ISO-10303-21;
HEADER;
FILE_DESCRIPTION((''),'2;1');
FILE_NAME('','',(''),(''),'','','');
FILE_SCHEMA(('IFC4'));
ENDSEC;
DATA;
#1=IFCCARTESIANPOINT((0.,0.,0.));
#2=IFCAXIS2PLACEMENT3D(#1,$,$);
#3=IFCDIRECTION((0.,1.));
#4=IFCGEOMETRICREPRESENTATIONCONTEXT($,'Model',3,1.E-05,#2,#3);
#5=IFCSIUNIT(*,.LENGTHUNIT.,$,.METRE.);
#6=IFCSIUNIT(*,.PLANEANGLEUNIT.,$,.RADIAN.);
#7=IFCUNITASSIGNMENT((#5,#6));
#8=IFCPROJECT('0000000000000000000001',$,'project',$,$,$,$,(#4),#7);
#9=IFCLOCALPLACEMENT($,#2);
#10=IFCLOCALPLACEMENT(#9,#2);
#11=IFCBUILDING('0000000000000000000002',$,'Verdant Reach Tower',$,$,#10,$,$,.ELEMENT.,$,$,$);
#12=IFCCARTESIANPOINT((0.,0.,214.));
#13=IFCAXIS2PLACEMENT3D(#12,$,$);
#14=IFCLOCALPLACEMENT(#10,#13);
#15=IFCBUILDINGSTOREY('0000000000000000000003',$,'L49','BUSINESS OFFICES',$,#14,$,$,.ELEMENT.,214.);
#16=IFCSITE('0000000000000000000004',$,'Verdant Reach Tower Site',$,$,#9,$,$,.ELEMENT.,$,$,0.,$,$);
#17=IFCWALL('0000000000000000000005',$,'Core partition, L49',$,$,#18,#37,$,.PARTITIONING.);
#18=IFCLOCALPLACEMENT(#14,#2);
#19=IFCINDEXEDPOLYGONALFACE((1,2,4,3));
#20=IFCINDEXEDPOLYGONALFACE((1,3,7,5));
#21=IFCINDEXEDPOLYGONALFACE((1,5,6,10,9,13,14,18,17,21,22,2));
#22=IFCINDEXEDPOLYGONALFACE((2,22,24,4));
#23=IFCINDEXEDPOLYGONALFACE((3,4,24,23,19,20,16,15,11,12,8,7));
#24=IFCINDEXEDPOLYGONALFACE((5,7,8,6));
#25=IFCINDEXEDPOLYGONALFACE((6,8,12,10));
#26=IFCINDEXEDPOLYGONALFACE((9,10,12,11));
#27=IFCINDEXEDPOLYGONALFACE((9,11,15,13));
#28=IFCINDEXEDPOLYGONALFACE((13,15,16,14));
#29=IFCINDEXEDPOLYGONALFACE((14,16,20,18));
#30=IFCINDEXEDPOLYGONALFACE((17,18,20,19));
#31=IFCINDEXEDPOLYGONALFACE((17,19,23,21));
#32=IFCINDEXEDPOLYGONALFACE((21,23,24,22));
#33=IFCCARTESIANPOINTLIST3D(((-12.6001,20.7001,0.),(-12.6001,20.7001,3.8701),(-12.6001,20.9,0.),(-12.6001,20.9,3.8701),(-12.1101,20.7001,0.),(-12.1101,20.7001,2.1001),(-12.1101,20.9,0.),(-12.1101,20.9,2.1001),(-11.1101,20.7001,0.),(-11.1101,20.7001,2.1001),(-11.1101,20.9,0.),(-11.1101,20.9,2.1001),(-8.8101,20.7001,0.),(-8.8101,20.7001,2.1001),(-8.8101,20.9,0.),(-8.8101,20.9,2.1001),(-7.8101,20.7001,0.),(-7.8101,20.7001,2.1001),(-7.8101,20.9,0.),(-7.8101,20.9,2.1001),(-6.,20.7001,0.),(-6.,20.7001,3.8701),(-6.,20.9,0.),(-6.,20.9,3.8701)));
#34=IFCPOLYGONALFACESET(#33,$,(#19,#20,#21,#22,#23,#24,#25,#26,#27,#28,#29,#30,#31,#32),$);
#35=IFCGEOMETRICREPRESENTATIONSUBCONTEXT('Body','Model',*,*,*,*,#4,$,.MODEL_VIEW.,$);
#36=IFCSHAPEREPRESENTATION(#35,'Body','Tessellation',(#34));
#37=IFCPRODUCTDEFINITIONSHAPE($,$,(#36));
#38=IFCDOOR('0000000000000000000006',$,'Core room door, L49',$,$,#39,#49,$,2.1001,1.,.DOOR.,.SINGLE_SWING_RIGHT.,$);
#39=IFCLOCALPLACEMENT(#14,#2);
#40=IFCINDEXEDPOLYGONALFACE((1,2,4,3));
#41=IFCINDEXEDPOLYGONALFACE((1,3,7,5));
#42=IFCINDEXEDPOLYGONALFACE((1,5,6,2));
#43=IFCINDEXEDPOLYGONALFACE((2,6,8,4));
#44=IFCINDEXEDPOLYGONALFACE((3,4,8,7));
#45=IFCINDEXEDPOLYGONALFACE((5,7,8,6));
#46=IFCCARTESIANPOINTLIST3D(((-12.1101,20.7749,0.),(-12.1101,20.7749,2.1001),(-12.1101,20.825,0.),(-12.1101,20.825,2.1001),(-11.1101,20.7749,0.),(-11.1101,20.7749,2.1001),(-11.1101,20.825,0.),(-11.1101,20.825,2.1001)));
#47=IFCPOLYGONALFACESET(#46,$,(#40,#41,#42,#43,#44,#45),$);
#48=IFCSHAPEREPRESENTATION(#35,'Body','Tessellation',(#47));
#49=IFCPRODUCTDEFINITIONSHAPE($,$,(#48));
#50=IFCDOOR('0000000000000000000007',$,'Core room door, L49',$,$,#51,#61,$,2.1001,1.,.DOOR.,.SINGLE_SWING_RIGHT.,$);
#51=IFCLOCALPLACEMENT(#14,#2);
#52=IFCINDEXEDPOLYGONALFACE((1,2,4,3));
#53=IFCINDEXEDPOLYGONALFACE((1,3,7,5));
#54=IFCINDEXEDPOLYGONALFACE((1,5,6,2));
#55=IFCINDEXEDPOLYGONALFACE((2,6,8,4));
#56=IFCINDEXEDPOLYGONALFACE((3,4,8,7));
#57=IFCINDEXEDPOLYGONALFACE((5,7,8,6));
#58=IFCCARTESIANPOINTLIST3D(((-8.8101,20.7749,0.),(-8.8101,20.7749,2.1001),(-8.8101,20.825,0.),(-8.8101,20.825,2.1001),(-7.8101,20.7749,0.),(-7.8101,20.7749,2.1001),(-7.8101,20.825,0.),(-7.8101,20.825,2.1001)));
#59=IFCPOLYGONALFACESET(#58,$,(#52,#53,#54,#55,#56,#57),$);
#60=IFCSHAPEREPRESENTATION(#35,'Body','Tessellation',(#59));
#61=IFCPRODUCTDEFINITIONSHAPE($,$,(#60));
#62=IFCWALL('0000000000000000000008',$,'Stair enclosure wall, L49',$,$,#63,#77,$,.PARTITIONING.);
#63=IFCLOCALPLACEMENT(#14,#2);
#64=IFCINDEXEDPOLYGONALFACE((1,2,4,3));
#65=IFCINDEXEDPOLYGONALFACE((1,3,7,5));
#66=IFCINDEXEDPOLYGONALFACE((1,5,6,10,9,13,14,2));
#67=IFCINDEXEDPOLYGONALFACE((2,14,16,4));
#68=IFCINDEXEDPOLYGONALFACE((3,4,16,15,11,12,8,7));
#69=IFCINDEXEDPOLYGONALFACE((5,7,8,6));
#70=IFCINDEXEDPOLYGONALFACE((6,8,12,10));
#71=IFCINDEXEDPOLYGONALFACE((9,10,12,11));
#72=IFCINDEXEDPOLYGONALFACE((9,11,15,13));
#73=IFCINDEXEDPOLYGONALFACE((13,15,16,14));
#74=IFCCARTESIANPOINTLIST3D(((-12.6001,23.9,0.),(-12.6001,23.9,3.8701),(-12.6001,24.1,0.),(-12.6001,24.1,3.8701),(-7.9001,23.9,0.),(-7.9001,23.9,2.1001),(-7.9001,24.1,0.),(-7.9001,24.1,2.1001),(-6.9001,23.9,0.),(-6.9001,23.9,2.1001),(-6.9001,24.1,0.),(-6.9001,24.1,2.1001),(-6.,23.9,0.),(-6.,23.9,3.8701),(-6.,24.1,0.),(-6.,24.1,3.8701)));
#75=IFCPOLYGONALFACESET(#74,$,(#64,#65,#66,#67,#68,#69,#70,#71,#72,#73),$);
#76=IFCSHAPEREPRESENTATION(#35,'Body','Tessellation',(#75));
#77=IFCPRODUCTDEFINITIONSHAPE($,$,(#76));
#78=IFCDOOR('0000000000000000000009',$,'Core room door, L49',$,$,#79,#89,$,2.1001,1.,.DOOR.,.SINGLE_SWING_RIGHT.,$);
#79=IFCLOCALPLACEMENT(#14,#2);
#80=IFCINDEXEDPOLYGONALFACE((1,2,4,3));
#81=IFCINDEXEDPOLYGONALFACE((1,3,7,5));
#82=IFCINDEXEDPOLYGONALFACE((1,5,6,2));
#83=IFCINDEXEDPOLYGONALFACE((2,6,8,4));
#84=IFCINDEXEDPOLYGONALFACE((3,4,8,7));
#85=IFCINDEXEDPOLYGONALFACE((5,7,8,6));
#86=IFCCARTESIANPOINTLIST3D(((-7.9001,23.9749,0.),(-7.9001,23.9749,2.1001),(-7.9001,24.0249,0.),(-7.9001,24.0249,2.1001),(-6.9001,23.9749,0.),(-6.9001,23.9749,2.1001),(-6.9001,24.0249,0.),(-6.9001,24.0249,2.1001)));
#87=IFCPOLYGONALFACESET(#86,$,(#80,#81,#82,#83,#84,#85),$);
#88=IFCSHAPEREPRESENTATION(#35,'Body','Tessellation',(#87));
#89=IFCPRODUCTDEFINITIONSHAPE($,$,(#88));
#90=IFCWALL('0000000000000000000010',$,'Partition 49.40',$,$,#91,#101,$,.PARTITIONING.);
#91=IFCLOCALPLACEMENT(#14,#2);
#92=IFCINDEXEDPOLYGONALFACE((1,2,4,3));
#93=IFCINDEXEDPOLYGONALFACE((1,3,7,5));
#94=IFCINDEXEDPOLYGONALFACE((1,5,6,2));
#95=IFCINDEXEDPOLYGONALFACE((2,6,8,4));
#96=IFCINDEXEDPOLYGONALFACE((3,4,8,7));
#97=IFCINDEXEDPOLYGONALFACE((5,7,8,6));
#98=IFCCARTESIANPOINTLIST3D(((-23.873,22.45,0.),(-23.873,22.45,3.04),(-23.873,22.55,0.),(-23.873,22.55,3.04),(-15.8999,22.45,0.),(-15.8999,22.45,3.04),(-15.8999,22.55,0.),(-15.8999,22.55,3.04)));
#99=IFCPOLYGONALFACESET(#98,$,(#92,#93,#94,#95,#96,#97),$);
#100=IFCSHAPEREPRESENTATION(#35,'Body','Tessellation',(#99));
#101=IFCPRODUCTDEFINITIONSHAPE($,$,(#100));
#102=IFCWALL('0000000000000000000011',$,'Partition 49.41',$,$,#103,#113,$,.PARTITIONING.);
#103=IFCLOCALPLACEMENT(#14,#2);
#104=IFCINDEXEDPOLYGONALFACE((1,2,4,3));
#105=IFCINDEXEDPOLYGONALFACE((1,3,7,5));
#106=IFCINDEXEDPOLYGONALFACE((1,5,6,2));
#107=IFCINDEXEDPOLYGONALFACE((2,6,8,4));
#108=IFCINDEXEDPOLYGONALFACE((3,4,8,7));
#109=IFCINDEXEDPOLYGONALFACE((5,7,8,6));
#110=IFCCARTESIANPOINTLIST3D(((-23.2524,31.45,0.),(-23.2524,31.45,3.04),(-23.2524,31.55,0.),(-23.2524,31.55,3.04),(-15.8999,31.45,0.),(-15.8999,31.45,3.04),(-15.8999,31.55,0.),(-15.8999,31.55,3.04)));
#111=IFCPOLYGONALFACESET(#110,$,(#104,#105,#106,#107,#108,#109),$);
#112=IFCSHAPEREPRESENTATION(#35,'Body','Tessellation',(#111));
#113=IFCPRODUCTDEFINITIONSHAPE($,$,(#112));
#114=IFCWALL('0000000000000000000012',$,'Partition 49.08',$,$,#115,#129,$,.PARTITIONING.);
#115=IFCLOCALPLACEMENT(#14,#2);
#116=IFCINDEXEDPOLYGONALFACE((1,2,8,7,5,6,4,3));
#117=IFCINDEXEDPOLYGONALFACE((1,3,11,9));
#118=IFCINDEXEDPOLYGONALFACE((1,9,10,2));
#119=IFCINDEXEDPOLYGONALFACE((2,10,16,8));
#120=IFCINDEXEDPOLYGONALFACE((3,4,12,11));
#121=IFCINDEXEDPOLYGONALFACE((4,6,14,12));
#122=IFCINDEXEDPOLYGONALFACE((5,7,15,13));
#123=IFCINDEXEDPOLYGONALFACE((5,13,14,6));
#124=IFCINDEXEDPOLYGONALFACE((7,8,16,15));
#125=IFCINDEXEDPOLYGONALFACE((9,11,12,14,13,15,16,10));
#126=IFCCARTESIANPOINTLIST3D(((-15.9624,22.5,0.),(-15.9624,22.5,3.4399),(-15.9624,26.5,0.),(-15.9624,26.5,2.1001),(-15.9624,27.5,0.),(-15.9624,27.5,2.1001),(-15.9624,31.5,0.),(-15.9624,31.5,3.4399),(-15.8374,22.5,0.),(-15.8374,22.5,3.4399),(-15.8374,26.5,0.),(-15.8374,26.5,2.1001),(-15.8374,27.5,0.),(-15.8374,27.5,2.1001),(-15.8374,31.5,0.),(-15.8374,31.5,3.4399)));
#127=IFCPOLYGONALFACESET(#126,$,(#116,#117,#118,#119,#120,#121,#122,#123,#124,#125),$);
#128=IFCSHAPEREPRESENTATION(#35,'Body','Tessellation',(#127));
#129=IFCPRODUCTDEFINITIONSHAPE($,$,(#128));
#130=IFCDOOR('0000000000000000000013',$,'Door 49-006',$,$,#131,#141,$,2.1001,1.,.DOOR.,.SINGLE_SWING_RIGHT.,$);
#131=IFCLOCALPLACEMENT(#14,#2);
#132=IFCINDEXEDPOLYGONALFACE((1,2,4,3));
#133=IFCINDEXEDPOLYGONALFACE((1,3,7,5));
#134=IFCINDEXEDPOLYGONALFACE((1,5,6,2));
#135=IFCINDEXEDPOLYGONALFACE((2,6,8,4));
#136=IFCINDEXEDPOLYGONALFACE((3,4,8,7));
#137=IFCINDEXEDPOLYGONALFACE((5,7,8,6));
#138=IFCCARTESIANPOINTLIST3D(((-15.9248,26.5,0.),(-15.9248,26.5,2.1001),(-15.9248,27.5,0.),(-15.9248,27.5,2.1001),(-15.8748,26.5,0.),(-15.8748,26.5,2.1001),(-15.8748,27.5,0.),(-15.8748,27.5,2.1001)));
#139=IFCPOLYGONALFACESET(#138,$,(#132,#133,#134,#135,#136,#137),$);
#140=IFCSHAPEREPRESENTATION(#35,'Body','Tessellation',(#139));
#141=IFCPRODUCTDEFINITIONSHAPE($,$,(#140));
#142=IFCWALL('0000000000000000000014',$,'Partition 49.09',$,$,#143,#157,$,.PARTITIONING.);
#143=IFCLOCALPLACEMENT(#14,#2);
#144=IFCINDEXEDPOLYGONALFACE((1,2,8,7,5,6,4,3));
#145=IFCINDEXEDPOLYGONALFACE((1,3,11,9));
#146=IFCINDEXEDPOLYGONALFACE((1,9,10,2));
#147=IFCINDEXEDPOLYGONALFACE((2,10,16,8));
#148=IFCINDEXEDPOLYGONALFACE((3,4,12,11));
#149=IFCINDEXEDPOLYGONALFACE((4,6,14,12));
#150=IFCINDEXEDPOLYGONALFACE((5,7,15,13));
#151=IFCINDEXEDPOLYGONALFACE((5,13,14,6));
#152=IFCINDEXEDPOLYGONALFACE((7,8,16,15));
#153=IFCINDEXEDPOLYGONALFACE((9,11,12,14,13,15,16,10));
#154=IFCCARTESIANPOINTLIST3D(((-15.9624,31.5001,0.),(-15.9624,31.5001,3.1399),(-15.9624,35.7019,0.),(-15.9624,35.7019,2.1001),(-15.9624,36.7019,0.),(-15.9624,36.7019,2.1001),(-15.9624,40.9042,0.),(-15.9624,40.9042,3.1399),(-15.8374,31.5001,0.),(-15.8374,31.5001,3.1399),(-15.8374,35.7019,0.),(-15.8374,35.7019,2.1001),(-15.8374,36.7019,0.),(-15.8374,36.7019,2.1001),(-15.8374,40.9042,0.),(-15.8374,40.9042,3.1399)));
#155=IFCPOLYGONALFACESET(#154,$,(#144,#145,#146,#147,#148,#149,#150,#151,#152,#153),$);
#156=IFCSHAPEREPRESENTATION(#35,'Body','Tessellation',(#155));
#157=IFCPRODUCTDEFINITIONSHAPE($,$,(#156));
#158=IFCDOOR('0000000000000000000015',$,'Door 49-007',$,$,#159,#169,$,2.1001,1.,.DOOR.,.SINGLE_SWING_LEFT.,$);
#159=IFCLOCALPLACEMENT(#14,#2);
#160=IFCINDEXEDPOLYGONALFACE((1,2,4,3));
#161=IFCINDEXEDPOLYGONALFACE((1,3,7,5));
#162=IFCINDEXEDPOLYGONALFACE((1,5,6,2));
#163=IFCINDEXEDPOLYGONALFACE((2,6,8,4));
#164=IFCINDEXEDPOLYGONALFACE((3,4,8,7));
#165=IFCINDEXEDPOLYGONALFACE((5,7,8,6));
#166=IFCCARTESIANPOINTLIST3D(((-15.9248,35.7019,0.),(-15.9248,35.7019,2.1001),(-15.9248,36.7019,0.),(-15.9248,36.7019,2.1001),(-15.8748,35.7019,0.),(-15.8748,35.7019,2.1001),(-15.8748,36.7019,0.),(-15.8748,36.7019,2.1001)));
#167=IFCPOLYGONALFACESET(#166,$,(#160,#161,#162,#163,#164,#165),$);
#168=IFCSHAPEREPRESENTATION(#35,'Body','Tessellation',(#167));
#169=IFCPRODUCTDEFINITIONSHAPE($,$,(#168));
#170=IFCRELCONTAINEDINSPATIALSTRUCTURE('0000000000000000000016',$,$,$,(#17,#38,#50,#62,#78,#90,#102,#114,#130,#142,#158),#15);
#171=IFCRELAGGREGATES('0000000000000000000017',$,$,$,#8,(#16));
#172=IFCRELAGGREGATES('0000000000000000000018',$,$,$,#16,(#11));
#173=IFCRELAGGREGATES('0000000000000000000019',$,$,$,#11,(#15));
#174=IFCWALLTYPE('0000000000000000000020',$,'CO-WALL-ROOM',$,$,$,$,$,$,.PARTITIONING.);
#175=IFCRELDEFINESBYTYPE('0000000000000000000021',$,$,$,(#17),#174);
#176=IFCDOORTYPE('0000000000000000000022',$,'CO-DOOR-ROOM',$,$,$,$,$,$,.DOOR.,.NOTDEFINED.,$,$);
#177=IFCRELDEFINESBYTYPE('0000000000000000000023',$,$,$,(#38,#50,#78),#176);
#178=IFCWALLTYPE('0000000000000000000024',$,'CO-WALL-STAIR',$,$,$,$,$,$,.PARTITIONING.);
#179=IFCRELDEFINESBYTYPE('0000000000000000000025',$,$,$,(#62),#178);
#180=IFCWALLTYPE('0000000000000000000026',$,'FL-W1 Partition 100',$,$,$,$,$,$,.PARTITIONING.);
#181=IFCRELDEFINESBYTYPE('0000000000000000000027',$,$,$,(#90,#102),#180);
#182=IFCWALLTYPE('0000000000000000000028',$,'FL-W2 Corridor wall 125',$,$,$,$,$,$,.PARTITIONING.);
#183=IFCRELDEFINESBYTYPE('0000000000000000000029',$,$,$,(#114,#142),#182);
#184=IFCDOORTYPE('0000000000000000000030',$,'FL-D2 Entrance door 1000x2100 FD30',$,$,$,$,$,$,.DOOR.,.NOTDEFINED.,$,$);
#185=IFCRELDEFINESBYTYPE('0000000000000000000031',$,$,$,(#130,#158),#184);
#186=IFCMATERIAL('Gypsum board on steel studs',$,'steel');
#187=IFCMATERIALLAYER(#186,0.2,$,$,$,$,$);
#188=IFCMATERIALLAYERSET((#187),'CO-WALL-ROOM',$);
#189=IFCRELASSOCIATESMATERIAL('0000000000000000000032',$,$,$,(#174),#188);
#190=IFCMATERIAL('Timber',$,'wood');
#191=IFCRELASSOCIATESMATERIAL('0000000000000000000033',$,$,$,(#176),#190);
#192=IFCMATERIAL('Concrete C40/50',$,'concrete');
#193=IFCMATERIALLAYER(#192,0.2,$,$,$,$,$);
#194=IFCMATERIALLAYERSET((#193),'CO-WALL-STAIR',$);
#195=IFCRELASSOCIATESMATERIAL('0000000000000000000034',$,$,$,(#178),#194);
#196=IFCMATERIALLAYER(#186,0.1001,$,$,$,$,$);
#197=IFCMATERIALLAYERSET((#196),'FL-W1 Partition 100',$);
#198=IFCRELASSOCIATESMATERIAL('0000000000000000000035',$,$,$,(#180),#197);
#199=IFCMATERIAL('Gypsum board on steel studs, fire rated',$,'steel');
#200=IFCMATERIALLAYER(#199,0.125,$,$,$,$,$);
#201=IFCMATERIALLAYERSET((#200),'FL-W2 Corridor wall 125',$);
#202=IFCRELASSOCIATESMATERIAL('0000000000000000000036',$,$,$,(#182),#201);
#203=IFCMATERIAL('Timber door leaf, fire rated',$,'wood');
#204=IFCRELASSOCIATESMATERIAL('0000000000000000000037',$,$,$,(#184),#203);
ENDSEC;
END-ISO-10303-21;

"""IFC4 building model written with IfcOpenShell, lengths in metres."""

from ifc_helpers import new_model, si_unit, direction, frame, frame_2d, origin, place, context, subcontext, project, spatial, rectangle, extrude, material, layer, layer_set, type_object, element, fill, save


model = new_model("IFC4")

# Units and contexts
model_context = context("Model", 3, precision=1e-05, world=origin(), true_north=direction((0.0, 1.0)))
body_context = subcontext(model_context, "Body", "Model", "MODEL_VIEW")
ifc_project = project(units=[si_unit("LENGTHUNIT", "METRE"), si_unit("PLANEANGLEUNIT", "RADIAN")], contexts=[model_context])

# Site, building, storey
site_placement = place(None, origin())
site = spatial("IfcSite", under=ifc_project, at=site_placement, Name="Verdant Reach Tower Site", CompositionType="ELEMENT", RefElevation=0.0)
building_placement = place(site_placement, origin())
building = spatial("IfcBuilding", under=site, at=building_placement, Name="Verdant Reach Tower", CompositionType="ELEMENT")
storey_placement = place(building_placement, frame((0.0, 0.0, 214.0)))
storey = spatial("IfcBuildingStorey", under=building, at=storey_placement, Name="L49", Description="BUSINESS OFFICES", CompositionType="ELEMENT", Elevation=214.0)

# Wall, openings, doors
ifc_material_1 = material(Name="Gypsum board on steel studs", Category="steel")
ifc_layer_1 = layer(ifc_material_1, 0.2)
ifc_layer_set_1 = layer_set([ifc_layer_1], Name="CO-WALL-ROOM")
wall_type_1 = type_object("IfcWallType", Name="CO-WALL-ROOM", PredefinedType="PARTITIONING", material=ifc_layer_set_1)
wall_1_placement = place(storey_placement, frame((-12.6001, 20.8, 0.0), z_axis=(0.0, 0.0, 1.0), x_axis=(1.0, 0.0, 0.0)))
wall_1 = element("IfcWall", 1, at=wall_1_placement, inside=storey, type_object=wall_type_1, Name="Core partition, L49", PredefinedType="PARTITIONING", context=body_context, shape_type="SweptSolid", body=[
    extrude(rectangle(XDim=6.6001, YDim=0.2, at=frame_2d((3.3, 0.0))), origin(), (0.0, 0.0, 1.0), 3.8701),
])
opening_1_placement = place(wall_1_placement, frame((0.49, 0.0, 0.0)))
opening_1 = element("IfcOpeningElement", 2, at=opening_1_placement, cuts=wall_1, PredefinedType="OPENING", context=body_context, shape_type="SweptSolid", body=[
    extrude(rectangle(XDim=1.0, YDim=2.1001, at=frame_2d((0.5, 1.05))), frame((0.0, 0.1099, 0.0), z_axis=(0.0, -1.0, 0.0), x_axis=(1.0, 0.0, 0.0)), (0.0, 0.0, 1.0), 0.22),
])
opening_2_placement = place(wall_1_placement, frame((3.79, 0.0, 0.0)))
opening_2 = element("IfcOpeningElement", 3, at=opening_2_placement, cuts=wall_1, PredefinedType="OPENING", context=body_context, shape_type="SweptSolid", body=[
    extrude(rectangle(XDim=1.0, YDim=2.1001, at=frame_2d((0.5, 1.05))), frame((0.0, 0.1099, 0.0), z_axis=(0.0, -1.0, 0.0), x_axis=(1.0, 0.0, 0.0)), (0.0, 0.0, 1.0), 0.22),
])
ifc_material_2 = material(Name="Timber", Category="wood")
door_type_1 = type_object("IfcDoorType", Name="CO-DOOR-ROOM", OperationType="NOTDEFINED", PredefinedType="DOOR", material=ifc_material_2)
door_1_placement = place(opening_1_placement, origin())
door_1 = element("IfcDoor", 4, at=door_1_placement, inside=storey, type_object=door_type_1, Name="Core room door, L49", OperationType="SINGLE_SWING_RIGHT", OverallHeight=2.1001, OverallWidth=1.0, PredefinedType="DOOR", context=body_context, shape_type="SweptSolid", body=[
    extrude(rectangle(XDim=1.0, YDim=2.1001, at=frame_2d((0.5, 1.05))), frame((0.0, 0.0249, 0.0), z_axis=(0.0, -1.0, 0.0), x_axis=(1.0, 0.0, 0.0)), (0.0, 0.0, 1.0), 0.05),
])
fill(opening_1, door_1)
door_2_placement = place(opening_2_placement, origin())
door_2 = element("IfcDoor", 5, at=door_2_placement, inside=storey, type_object=door_type_1, Name="Core room door, L49", OperationType="SINGLE_SWING_RIGHT", OverallHeight=2.1001, OverallWidth=1.0, PredefinedType="DOOR", context=body_context, shape_type="SweptSolid", body=[
    extrude(rectangle(XDim=1.0, YDim=2.1001, at=frame_2d((0.5, 1.05))), frame((0.0, 0.0249, 0.0), z_axis=(0.0, -1.0, 0.0), x_axis=(1.0, 0.0, 0.0)), (0.0, 0.0, 1.0), 0.05),
])
fill(opening_2, door_2)

# Wall, opening, door
ifc_material_3 = material(Name="Concrete C40/50", Category="concrete")
ifc_layer_2 = layer(ifc_material_3, 0.2)
ifc_layer_set_2 = layer_set([ifc_layer_2], Name="CO-WALL-STAIR")
wall_type_2 = type_object("IfcWallType", Name="CO-WALL-STAIR", PredefinedType="PARTITIONING", material=ifc_layer_set_2)
wall_2_placement = place(storey_placement, frame((-12.6001, 24.0, 0.0), z_axis=(0.0, 0.0, 1.0), x_axis=(1.0, 0.0, 0.0)))
wall_2 = element("IfcWall", 6, at=wall_2_placement, inside=storey, type_object=wall_type_2, Name="Stair enclosure wall, L49", PredefinedType="PARTITIONING", context=body_context, shape_type="SweptSolid", body=[
    extrude(rectangle(XDim=6.6001, YDim=0.2, at=frame_2d((3.3, 0.0))), origin(), (0.0, 0.0, 1.0), 3.8701),
])
opening_3_placement = place(wall_2_placement, frame((4.7, 0.0, 0.0)))
opening_3 = element("IfcOpeningElement", 7, at=opening_3_placement, cuts=wall_2, PredefinedType="OPENING", context=body_context, shape_type="SweptSolid", body=[
    extrude(rectangle(XDim=1.0, YDim=2.1001, at=frame_2d((0.5, 1.05))), frame((0.0, 0.1099, 0.0), z_axis=(0.0, -1.0, 0.0), x_axis=(1.0, 0.0, 0.0)), (0.0, 0.0, 1.0), 0.22),
])
door_3_placement = place(opening_3_placement, origin())
door_3 = element("IfcDoor", 8, at=door_3_placement, inside=storey, type_object=door_type_1, Name="Core room door, L49", OperationType="SINGLE_SWING_RIGHT", OverallHeight=2.1001, OverallWidth=1.0, PredefinedType="DOOR", context=body_context, shape_type="SweptSolid", body=[
    extrude(rectangle(XDim=1.0, YDim=2.1001, at=frame_2d((0.5, 1.05))), frame((0.0, 0.0249, 0.0), z_axis=(0.0, -1.0, 0.0), x_axis=(1.0, 0.0, 0.0)), (0.0, 0.0, 1.0), 0.05),
])
fill(opening_3, door_3)

# Walls
ifc_layer_3 = layer(ifc_material_1, 0.1001)
ifc_layer_set_3 = layer_set([ifc_layer_3], Name="FL-W1 Partition 100")
wall_type_3 = type_object("IfcWallType", Name="FL-W1 Partition 100", PredefinedType="PARTITIONING", material=ifc_layer_set_3)
wall_3_placement = place(storey_placement, frame((-15.8999, 22.5, 0.0), z_axis=(0.0, 0.0, 1.0), x_axis=(-1.0, 0.0, 0.0)))
element("IfcWall", 9, at=wall_3_placement, inside=storey, type_object=wall_type_3, Name="Partition 49.40", PredefinedType="PARTITIONING", context=body_context, shape_type="SweptSolid", body=[
    extrude(rectangle(XDim=7.9731, YDim=0.1001, at=frame_2d((3.9866, 0.0))), origin(), (0.0, 0.0, 1.0), 3.04),
])
wall_4_placement = place(storey_placement, frame((-15.8999, 31.5, 0.0), z_axis=(0.0, 0.0, 1.0), x_axis=(-1.0, 0.0, 0.0)))
element("IfcWall", 10, at=wall_4_placement, inside=storey, type_object=wall_type_3, Name="Partition 49.41", PredefinedType="PARTITIONING", context=body_context, shape_type="SweptSolid", body=[
    extrude(rectangle(XDim=7.3525, YDim=0.1001, at=frame_2d((3.6763, 0.0))), origin(), (0.0, 0.0, 1.0), 3.04),
])

# Walls, openings, doors
ifc_material_4 = material(Name="Gypsum board on steel studs, fire rated", Category="steel")
ifc_layer_4 = layer(ifc_material_4, 0.125)
ifc_layer_set_4 = layer_set([ifc_layer_4], Name="FL-W2 Corridor wall 125")
wall_type_4 = type_object("IfcWallType", Name="FL-W2 Corridor wall 125", PredefinedType="PARTITIONING", material=ifc_layer_set_4)
wall_5_placement = place(storey_placement, frame((-15.8999, 22.5, 0.0), z_axis=(0.0, 0.0, 1.0), x_axis=(0.0, 1.0, 0.0)))
wall_5 = element("IfcWall", 11, at=wall_5_placement, inside=storey, type_object=wall_type_4, Name="Partition 49.08", PredefinedType="PARTITIONING", context=body_context, shape_type="SweptSolid", body=[
    extrude(rectangle(XDim=9.0, YDim=0.125, at=frame_2d((4.5, 0.0))), origin(), (0.0, 0.0, 1.0), 3.4399),
])
opening_4_placement = place(wall_5_placement, frame((4.0, 0.0, 0.0)))
opening_4 = element("IfcOpeningElement", 12, at=opening_4_placement, cuts=wall_5, PredefinedType="OPENING", context=body_context, shape_type="SweptSolid", body=[
    extrude(rectangle(XDim=1.0, YDim=2.1001, at=frame_2d((0.5, 1.05))), frame((0.0, 0.0725, 0.0), z_axis=(0.0, -1.0, 0.0), x_axis=(1.0, 0.0, 0.0)), (0.0, 0.0, 1.0), 0.145),
])
ifc_material_5 = material(Name="Timber door leaf, fire rated", Category="wood")
door_type_2 = type_object("IfcDoorType", Name="FL-D2 Entrance door 1000x2100 FD30", OperationType="NOTDEFINED", PredefinedType="DOOR", material=ifc_material_5)
door_4_placement = place(opening_4_placement, origin())
door_4 = element("IfcDoor", 13, at=door_4_placement, inside=storey, type_object=door_type_2, Name="Door 49-006", OperationType="SINGLE_SWING_RIGHT", OverallHeight=2.1001, OverallWidth=1.0, PredefinedType="DOOR", context=body_context, shape_type="SweptSolid", body=[
    extrude(rectangle(XDim=1.0, YDim=2.1001, at=frame_2d((0.5, 1.05))), frame((0.0, 0.0249, 0.0), z_axis=(0.0, -1.0, 0.0), x_axis=(1.0, 0.0, 0.0)), (0.0, 0.0, 1.0), 0.05),
])
fill(opening_4, door_4)
wall_6_placement = place(storey_placement, frame((-15.8999, 31.5, 0.0), z_axis=(0.0, 0.0, 1.0), x_axis=(0.0, 1.0, 0.0)))
wall_6 = element("IfcWall", 14, at=wall_6_placement, inside=storey, type_object=wall_type_4, Name="Partition 49.09", PredefinedType="PARTITIONING", context=body_context, shape_type="SweptSolid", body=[
    extrude(rectangle(XDim=9.4041, YDim=0.125, at=frame_2d((4.7021, 0.0))), origin(), (0.0, 0.0, 1.0), 3.1399),
])
opening_5_placement = place(wall_6_placement, frame((4.2019, 0.0, 0.0)))
opening_5 = element("IfcOpeningElement", 15, at=opening_5_placement, cuts=wall_6, PredefinedType="OPENING", context=body_context, shape_type="SweptSolid", body=[
    extrude(rectangle(XDim=1.0, YDim=2.1001, at=frame_2d((0.5, 1.05))), frame((0.0, 0.0725, 0.0), z_axis=(0.0, -1.0, 0.0), x_axis=(1.0, 0.0, 0.0)), (0.0, 0.0, 1.0), 0.145),
])
door_5_placement = place(opening_5_placement, origin())
door_5 = element("IfcDoor", 16, at=door_5_placement, inside=storey, type_object=door_type_2, Name="Door 49-007", OperationType="SINGLE_SWING_LEFT", OverallHeight=2.1001, OverallWidth=1.0, PredefinedType="DOOR", context=body_context, shape_type="SweptSolid", body=[
    extrude(rectangle(XDim=1.0, YDim=2.1001, at=frame_2d((0.5, 1.05))), frame((0.0, 0.0249, 0.0), z_axis=(0.0, -1.0, 0.0), x_axis=(1.0, 0.0, 0.0)), (0.0, 0.0, 1.0), 0.05),
])
fill(opening_5, door_5)

save(model, "model.ifc")
